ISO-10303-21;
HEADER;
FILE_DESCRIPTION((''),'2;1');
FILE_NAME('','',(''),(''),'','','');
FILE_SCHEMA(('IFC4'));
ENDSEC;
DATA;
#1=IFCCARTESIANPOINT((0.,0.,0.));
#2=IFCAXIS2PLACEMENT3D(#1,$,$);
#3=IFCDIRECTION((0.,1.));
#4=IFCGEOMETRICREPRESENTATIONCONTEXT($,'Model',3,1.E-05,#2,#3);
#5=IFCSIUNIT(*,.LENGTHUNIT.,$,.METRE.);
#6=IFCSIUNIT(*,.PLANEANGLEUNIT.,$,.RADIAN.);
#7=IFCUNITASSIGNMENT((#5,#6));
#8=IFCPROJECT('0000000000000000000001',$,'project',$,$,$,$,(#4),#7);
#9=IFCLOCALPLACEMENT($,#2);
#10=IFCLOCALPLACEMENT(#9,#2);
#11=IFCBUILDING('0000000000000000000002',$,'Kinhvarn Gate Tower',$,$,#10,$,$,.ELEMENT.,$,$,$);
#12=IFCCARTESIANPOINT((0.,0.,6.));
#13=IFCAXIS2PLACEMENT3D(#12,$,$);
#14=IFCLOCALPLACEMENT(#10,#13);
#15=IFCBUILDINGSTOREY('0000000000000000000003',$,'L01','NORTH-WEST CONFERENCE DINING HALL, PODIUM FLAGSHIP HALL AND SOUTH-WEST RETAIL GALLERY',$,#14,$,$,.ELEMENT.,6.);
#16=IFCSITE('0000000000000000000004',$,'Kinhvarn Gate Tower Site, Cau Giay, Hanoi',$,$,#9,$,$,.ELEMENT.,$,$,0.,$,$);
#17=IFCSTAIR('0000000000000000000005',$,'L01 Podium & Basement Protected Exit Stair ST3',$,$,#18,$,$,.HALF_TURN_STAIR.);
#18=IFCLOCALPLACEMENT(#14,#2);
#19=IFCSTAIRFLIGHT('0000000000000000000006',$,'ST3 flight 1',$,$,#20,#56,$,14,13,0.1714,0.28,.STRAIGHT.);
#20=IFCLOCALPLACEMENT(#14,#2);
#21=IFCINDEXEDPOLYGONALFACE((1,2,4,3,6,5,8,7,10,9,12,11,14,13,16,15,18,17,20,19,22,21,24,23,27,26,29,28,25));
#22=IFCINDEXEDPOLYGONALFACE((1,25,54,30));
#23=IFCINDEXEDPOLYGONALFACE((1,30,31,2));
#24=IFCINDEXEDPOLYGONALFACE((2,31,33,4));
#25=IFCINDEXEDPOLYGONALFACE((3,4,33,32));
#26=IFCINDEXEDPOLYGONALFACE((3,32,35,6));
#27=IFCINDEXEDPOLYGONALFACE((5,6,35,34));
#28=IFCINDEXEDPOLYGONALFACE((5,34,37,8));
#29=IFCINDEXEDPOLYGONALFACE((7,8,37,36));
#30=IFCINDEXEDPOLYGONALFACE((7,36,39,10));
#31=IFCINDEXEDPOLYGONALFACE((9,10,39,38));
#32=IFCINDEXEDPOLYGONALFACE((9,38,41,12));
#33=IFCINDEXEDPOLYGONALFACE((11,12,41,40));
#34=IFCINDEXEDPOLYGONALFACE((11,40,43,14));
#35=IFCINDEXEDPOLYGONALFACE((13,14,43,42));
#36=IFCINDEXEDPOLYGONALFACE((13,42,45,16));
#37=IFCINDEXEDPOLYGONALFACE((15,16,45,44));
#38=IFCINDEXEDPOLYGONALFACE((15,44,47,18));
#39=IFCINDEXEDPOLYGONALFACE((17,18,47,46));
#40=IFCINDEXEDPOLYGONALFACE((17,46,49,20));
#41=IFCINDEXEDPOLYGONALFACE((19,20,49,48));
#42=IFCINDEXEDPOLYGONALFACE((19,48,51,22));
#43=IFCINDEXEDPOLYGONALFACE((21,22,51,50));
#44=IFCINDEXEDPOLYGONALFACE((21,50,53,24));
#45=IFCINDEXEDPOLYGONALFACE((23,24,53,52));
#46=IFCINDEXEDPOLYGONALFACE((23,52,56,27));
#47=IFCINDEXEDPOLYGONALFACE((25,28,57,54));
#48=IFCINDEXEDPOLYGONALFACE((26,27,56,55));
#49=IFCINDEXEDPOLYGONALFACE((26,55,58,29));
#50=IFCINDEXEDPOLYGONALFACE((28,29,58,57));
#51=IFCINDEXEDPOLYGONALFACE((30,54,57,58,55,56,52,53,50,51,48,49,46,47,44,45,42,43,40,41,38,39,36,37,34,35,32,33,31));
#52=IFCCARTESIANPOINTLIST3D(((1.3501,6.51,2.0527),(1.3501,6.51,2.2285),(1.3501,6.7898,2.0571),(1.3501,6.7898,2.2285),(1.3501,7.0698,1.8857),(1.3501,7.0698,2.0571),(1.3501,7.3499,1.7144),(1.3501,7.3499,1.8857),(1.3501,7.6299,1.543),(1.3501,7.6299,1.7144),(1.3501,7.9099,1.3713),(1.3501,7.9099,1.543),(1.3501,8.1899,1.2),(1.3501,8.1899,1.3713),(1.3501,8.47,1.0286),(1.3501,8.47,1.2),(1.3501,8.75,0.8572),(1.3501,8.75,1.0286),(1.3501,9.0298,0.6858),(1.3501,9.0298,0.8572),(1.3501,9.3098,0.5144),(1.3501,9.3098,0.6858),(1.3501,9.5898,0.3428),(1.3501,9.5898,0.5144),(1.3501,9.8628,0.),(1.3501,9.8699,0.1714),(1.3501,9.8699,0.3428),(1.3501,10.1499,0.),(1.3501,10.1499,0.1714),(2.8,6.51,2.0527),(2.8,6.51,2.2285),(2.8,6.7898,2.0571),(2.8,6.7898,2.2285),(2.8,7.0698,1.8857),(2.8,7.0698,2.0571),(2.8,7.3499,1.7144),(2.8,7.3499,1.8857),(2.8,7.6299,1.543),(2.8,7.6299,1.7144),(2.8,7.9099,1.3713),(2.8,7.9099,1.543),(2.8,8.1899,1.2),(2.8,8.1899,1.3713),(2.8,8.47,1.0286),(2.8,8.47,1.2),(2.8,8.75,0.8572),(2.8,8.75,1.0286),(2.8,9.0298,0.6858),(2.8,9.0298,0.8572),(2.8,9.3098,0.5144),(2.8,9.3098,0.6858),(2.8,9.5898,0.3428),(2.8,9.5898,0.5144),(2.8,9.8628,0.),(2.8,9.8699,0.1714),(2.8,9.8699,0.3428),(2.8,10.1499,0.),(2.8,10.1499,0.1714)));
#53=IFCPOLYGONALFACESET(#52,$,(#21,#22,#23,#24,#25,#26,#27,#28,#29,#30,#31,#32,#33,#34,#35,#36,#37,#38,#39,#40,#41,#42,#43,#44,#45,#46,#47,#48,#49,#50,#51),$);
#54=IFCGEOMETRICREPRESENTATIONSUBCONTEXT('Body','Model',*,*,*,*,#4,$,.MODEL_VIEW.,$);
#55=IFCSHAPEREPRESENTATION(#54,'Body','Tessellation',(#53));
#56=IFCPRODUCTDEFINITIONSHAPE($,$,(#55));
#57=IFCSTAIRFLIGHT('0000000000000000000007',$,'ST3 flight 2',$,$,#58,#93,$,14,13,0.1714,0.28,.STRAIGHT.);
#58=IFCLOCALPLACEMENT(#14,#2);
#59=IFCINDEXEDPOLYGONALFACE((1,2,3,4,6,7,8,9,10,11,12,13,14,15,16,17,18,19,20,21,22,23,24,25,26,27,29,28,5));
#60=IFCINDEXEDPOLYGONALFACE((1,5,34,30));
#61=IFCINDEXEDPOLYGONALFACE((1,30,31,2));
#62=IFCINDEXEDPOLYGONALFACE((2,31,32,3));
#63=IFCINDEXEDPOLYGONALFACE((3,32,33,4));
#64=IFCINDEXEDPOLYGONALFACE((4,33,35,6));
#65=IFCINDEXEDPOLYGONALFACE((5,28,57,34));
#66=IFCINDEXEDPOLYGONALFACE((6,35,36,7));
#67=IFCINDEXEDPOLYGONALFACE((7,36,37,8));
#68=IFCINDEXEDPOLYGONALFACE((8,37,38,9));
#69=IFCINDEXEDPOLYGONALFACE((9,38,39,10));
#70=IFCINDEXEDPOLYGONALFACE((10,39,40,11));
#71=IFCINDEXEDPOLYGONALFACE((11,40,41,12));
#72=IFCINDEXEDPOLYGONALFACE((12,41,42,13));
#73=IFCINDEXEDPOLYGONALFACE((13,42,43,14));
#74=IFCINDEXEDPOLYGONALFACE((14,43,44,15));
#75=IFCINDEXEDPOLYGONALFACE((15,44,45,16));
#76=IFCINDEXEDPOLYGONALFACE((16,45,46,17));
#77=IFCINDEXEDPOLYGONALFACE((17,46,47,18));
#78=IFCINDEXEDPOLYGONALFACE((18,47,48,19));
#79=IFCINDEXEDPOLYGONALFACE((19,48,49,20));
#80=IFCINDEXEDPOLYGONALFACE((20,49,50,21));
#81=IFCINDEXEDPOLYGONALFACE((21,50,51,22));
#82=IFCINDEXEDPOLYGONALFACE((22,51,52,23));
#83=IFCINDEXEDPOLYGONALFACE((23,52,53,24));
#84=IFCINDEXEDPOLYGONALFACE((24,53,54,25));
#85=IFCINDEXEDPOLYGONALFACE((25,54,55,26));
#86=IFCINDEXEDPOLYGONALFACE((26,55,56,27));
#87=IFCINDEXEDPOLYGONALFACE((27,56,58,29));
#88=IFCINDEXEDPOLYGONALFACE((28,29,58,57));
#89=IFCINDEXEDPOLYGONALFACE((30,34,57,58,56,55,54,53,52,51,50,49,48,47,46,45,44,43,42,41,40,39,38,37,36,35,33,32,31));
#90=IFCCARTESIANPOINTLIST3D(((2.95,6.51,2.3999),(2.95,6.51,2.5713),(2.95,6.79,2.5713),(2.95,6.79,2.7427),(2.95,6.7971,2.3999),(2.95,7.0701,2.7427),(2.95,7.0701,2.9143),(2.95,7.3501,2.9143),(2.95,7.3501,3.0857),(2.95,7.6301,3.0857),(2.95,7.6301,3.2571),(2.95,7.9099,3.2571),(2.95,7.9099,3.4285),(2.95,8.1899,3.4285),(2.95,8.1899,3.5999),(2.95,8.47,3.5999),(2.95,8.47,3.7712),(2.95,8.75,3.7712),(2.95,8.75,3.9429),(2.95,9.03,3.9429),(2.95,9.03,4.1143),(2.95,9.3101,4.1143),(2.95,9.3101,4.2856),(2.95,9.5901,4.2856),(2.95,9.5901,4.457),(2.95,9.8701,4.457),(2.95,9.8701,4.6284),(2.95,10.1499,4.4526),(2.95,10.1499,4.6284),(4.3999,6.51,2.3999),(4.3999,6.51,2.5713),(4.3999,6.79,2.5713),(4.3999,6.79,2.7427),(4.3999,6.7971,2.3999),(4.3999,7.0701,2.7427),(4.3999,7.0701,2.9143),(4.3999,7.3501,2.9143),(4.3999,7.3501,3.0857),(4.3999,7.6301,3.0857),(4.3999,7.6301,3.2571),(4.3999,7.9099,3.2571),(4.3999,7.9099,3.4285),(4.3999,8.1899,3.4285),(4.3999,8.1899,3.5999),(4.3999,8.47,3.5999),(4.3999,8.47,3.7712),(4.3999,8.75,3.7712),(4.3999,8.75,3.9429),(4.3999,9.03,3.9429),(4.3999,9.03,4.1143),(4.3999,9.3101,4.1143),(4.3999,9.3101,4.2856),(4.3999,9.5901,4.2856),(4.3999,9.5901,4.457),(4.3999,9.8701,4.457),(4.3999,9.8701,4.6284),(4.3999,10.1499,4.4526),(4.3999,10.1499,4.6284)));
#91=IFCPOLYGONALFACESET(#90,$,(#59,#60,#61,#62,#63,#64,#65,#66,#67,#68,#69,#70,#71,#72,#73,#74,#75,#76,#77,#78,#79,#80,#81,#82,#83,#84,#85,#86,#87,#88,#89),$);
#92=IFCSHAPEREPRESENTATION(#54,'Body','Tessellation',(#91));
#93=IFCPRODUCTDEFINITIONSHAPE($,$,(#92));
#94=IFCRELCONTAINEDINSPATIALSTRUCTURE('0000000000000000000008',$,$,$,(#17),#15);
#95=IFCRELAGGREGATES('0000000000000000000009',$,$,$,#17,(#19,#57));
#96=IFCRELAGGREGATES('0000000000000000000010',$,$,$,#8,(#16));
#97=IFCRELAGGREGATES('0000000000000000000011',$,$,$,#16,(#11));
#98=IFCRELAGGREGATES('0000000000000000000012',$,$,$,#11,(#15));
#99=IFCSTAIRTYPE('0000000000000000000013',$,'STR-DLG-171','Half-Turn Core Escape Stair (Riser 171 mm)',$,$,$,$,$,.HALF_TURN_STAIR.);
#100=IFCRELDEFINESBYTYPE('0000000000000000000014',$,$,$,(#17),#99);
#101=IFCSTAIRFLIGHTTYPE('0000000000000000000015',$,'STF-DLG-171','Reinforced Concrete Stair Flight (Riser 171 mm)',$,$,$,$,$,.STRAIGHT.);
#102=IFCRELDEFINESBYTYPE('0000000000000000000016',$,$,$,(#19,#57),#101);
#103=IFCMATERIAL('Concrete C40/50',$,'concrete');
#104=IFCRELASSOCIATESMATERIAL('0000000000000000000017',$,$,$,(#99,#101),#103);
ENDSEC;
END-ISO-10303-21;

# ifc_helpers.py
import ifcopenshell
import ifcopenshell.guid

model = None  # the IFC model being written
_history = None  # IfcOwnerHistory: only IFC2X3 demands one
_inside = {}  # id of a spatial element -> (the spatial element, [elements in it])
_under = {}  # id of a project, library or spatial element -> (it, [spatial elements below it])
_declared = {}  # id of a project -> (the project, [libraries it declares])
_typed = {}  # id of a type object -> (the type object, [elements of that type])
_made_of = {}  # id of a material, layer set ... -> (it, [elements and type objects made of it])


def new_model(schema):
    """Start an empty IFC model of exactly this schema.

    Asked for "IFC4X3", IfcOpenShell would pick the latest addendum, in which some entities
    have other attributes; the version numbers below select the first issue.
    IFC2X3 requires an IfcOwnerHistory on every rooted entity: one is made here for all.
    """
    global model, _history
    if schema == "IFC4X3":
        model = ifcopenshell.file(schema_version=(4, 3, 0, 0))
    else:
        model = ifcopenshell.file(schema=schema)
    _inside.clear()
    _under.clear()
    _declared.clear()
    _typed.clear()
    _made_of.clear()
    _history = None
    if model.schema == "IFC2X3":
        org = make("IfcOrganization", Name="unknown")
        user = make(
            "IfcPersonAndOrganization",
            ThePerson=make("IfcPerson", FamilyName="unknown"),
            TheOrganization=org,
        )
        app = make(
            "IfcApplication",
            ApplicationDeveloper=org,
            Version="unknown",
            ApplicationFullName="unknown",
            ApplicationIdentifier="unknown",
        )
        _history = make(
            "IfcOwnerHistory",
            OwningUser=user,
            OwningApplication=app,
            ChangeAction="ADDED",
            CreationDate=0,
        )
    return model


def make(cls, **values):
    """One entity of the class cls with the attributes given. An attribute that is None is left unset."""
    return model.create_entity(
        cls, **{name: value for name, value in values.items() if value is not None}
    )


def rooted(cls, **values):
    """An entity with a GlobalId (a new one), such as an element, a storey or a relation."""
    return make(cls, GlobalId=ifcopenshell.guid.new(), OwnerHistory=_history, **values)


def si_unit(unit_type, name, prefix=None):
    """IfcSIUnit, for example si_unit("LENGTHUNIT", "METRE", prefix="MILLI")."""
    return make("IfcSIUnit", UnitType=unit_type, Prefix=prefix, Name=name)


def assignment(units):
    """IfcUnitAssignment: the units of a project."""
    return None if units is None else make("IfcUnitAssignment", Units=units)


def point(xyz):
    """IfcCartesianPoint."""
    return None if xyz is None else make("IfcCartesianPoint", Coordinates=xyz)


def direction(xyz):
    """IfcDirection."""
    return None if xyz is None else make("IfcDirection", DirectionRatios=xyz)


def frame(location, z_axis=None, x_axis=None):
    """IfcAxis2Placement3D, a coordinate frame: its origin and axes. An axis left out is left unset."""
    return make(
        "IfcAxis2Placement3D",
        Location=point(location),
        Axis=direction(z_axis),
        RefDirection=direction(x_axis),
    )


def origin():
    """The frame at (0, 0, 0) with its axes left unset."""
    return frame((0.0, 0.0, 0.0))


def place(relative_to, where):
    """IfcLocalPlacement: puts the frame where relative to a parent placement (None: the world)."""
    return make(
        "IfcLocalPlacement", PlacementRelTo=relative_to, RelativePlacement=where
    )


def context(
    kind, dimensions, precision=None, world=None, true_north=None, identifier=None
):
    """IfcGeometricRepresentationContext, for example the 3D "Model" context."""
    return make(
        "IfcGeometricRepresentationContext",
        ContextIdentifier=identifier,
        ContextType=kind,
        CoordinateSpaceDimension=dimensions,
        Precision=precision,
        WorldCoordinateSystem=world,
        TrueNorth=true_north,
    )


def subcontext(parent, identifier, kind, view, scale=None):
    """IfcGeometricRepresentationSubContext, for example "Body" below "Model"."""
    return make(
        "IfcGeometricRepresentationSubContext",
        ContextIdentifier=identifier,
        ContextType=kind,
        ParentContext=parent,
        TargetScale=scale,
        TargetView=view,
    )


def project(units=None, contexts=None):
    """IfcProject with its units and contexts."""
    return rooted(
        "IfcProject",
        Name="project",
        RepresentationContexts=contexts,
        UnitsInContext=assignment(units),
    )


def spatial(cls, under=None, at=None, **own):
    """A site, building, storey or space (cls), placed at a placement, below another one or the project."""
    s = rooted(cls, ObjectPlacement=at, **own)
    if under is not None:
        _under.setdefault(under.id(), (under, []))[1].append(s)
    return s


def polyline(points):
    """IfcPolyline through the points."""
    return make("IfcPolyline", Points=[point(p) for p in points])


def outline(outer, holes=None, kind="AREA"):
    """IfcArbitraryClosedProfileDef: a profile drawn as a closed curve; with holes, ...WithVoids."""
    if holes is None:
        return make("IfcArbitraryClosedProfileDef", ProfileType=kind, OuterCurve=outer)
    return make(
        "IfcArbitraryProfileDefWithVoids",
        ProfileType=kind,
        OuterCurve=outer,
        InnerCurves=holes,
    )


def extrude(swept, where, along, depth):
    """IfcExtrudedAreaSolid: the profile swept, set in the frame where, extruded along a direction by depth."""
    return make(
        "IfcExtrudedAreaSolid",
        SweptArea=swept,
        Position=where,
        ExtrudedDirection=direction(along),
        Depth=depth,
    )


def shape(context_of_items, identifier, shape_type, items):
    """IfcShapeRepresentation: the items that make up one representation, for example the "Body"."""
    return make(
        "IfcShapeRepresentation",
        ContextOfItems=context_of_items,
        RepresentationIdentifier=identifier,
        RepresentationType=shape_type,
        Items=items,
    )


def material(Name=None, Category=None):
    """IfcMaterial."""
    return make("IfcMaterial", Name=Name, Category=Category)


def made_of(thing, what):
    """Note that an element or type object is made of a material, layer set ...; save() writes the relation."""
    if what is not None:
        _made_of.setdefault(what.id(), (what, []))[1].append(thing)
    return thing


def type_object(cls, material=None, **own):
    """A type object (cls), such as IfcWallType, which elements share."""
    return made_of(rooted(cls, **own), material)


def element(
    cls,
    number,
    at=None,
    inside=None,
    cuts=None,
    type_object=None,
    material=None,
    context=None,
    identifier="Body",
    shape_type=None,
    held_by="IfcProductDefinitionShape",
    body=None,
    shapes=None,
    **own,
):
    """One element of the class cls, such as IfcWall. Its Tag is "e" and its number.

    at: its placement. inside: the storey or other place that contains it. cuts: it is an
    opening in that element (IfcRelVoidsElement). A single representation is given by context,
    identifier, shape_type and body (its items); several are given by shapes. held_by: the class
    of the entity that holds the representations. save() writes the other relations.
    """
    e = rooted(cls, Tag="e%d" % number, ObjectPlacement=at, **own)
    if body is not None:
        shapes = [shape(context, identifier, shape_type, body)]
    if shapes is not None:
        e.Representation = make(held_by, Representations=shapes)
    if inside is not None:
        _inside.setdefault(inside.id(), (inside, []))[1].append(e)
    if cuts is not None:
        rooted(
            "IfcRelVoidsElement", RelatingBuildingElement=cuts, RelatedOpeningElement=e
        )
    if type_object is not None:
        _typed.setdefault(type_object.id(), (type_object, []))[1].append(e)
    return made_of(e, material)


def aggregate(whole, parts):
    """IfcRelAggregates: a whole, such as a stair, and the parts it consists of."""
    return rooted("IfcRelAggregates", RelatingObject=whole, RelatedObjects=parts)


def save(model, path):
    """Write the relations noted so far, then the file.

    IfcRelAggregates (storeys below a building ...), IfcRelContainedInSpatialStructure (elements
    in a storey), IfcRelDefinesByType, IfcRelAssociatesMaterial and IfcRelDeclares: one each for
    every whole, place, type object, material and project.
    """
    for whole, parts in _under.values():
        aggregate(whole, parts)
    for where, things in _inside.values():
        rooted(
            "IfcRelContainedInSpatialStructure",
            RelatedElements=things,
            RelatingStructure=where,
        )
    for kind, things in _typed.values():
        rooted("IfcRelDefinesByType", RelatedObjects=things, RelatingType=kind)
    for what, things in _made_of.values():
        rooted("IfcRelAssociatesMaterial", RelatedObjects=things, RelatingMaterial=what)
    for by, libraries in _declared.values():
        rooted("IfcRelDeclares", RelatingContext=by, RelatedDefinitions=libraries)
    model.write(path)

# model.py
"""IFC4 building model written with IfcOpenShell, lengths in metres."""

from ifc_helpers import new_model, si_unit, direction, frame, origin, place, context, subcontext, project, spatial, polyline, outline, extrude, material, type_object, element, aggregate, save


model = new_model("IFC4")

# Units and contexts
model_context = context("Model", 3, precision=1e-05, world=origin(), true_north=direction((0.0, 1.0)))
body_context = subcontext(model_context, "Body", "Model", "MODEL_VIEW")
ifc_project = project(units=[si_unit("LENGTHUNIT", "METRE"), si_unit("PLANEANGLEUNIT", "RADIAN")], contexts=[model_context])

# Site, building, storey
site_placement = place(None, origin())
site = spatial("IfcSite", under=ifc_project, at=site_placement, Name="Kinhvarn Gate Tower Site, Cau Giay, Hanoi", CompositionType="ELEMENT", RefElevation=0.0)
building_placement = place(site_placement, origin())
building = spatial("IfcBuilding", under=site, at=building_placement, Name="Kinhvarn Gate Tower", CompositionType="ELEMENT")
storey_placement = place(building_placement, frame((0.0, 0.0, 6.0)))
storey = spatial("IfcBuildingStorey", under=building, at=storey_placement, Name="L01", Description="NORTH-WEST CONFERENCE DINING HALL, PODIUM FLAGSHIP HALL AND SOUTH-WEST RETAIL GALLERY", CompositionType="ELEMENT", Elevation=6.0)

# Shared definitions
ifc_material_1 = material(Name="Concrete C40/50", Category="concrete")

# Stair, stair flights
stair_type = type_object("IfcStairType", Name="STR-DLG-171", Description="Half-Turn Core Escape Stair (Riser 171 mm)", PredefinedType="HALF_TURN_STAIR", material=ifc_material_1)
stair_placement = place(storey_placement, origin())
stair = element("IfcStair", 1, at=stair_placement, inside=storey, type_object=stair_type, Name="L01 Podium & Basement Protected Exit Stair ST3", PredefinedType="HALF_TURN_STAIR")
stair_flight_type = type_object("IfcStairFlightType", Name="STF-DLG-171", Description="Reinforced Concrete Stair Flight (Riser 171 mm)", PredefinedType="STRAIGHT", material=ifc_material_1)
stair_flight_1_placement = place(storey_placement, frame((2.075, 10.1499, 0.0), z_axis=(0.0, 0.0, 1.0), x_axis=(0.0, -1.0, 0.0)))
stair_flight_1 = element("IfcStairFlight", 2, at=stair_flight_1_placement, type_object=stair_flight_type, Name="ST3 flight 1", NumberOfRisers=14, NumberOfTreads=13, PredefinedType="STRAIGHT", RiserHeight=0.1714, TreadLength=0.28, context=body_context, shape_type="SweptSolid", body=[
    extrude(outline(polyline([(0.0, 0.0), (0.0, 0.1714), (0.28, 0.1714), (0.28, 0.3428), (0.5601, 0.3428), (0.5601, 0.5144), (0.8401, 0.5144), (0.8401, 0.6858), (1.1201, 0.6858), (1.1201, 0.8572), (1.3999, 0.8572), (1.3999, 1.0286), (1.6799, 1.0286), (1.6799, 1.2), (1.96, 1.2), (1.96, 1.3713), (2.24, 1.3713), (2.24, 1.543), (2.52, 1.543), (2.52, 1.7144), (2.8, 1.7144), (2.8, 1.8857), (3.0801, 1.8857), (3.0801, 2.0571), (3.3601, 2.0571), (3.3601, 2.2285), (3.6399, 2.2285), (3.6399, 2.3999), (3.6399, 2.0527), (0.2871, 0.0), (0.0, 0.0)])), frame((0.0, 0.7251, 0.0), z_axis=(0.0, -1.0, 0.0), x_axis=(1.0, 0.0, 0.0)), (0.0, 0.0, 1.0), 1.45),
])
stair_flight_2_placement = place(storey_placement, frame((3.675, 6.51, 2.3999), z_axis=(0.0, 0.0, 1.0), x_axis=(0.0, 1.0, 0.0)))
stair_flight_2 = element("IfcStairFlight", 3, at=stair_flight_2_placement, type_object=stair_flight_type, Name="ST3 flight 2", NumberOfRisers=14, NumberOfTreads=13, PredefinedType="STRAIGHT", RiserHeight=0.1714, TreadLength=0.28, context=body_context, shape_type="SweptSolid", body=[
    extrude(outline(polyline([(0.0, 0.0), (0.0, 0.1714), (0.28, 0.1714), (0.28, 0.3428), (0.5601, 0.3428), (0.5601, 0.5144), (0.8401, 0.5144), (0.8401, 0.6858), (1.1201, 0.6858), (1.1201, 0.8572), (1.3999, 0.8572), (1.3999, 1.0286), (1.6799, 1.0286), (1.6799, 1.2), (1.96, 1.2), (1.96, 1.3713), (2.24, 1.3713), (2.24, 1.543), (2.52, 1.543), (2.52, 1.7144), (2.8, 1.7144), (2.8, 1.8857), (3.0801, 1.8857), (3.0801, 2.0571), (3.3601, 2.0571), (3.3601, 2.2285), (3.6399, 2.2285), (3.6399, 2.3999), (3.6399, 2.0527), (0.2871, 0.0), (0.0, 0.0)])), frame((0.0, 0.7251, 0.0), z_axis=(0.0, -1.0, 0.0), x_axis=(1.0, 0.0, 0.0)), (0.0, 0.0, 1.0), 1.45),
])
aggregate(stair, [stair_flight_1, stair_flight_2])

save(model, "model.ifc")
